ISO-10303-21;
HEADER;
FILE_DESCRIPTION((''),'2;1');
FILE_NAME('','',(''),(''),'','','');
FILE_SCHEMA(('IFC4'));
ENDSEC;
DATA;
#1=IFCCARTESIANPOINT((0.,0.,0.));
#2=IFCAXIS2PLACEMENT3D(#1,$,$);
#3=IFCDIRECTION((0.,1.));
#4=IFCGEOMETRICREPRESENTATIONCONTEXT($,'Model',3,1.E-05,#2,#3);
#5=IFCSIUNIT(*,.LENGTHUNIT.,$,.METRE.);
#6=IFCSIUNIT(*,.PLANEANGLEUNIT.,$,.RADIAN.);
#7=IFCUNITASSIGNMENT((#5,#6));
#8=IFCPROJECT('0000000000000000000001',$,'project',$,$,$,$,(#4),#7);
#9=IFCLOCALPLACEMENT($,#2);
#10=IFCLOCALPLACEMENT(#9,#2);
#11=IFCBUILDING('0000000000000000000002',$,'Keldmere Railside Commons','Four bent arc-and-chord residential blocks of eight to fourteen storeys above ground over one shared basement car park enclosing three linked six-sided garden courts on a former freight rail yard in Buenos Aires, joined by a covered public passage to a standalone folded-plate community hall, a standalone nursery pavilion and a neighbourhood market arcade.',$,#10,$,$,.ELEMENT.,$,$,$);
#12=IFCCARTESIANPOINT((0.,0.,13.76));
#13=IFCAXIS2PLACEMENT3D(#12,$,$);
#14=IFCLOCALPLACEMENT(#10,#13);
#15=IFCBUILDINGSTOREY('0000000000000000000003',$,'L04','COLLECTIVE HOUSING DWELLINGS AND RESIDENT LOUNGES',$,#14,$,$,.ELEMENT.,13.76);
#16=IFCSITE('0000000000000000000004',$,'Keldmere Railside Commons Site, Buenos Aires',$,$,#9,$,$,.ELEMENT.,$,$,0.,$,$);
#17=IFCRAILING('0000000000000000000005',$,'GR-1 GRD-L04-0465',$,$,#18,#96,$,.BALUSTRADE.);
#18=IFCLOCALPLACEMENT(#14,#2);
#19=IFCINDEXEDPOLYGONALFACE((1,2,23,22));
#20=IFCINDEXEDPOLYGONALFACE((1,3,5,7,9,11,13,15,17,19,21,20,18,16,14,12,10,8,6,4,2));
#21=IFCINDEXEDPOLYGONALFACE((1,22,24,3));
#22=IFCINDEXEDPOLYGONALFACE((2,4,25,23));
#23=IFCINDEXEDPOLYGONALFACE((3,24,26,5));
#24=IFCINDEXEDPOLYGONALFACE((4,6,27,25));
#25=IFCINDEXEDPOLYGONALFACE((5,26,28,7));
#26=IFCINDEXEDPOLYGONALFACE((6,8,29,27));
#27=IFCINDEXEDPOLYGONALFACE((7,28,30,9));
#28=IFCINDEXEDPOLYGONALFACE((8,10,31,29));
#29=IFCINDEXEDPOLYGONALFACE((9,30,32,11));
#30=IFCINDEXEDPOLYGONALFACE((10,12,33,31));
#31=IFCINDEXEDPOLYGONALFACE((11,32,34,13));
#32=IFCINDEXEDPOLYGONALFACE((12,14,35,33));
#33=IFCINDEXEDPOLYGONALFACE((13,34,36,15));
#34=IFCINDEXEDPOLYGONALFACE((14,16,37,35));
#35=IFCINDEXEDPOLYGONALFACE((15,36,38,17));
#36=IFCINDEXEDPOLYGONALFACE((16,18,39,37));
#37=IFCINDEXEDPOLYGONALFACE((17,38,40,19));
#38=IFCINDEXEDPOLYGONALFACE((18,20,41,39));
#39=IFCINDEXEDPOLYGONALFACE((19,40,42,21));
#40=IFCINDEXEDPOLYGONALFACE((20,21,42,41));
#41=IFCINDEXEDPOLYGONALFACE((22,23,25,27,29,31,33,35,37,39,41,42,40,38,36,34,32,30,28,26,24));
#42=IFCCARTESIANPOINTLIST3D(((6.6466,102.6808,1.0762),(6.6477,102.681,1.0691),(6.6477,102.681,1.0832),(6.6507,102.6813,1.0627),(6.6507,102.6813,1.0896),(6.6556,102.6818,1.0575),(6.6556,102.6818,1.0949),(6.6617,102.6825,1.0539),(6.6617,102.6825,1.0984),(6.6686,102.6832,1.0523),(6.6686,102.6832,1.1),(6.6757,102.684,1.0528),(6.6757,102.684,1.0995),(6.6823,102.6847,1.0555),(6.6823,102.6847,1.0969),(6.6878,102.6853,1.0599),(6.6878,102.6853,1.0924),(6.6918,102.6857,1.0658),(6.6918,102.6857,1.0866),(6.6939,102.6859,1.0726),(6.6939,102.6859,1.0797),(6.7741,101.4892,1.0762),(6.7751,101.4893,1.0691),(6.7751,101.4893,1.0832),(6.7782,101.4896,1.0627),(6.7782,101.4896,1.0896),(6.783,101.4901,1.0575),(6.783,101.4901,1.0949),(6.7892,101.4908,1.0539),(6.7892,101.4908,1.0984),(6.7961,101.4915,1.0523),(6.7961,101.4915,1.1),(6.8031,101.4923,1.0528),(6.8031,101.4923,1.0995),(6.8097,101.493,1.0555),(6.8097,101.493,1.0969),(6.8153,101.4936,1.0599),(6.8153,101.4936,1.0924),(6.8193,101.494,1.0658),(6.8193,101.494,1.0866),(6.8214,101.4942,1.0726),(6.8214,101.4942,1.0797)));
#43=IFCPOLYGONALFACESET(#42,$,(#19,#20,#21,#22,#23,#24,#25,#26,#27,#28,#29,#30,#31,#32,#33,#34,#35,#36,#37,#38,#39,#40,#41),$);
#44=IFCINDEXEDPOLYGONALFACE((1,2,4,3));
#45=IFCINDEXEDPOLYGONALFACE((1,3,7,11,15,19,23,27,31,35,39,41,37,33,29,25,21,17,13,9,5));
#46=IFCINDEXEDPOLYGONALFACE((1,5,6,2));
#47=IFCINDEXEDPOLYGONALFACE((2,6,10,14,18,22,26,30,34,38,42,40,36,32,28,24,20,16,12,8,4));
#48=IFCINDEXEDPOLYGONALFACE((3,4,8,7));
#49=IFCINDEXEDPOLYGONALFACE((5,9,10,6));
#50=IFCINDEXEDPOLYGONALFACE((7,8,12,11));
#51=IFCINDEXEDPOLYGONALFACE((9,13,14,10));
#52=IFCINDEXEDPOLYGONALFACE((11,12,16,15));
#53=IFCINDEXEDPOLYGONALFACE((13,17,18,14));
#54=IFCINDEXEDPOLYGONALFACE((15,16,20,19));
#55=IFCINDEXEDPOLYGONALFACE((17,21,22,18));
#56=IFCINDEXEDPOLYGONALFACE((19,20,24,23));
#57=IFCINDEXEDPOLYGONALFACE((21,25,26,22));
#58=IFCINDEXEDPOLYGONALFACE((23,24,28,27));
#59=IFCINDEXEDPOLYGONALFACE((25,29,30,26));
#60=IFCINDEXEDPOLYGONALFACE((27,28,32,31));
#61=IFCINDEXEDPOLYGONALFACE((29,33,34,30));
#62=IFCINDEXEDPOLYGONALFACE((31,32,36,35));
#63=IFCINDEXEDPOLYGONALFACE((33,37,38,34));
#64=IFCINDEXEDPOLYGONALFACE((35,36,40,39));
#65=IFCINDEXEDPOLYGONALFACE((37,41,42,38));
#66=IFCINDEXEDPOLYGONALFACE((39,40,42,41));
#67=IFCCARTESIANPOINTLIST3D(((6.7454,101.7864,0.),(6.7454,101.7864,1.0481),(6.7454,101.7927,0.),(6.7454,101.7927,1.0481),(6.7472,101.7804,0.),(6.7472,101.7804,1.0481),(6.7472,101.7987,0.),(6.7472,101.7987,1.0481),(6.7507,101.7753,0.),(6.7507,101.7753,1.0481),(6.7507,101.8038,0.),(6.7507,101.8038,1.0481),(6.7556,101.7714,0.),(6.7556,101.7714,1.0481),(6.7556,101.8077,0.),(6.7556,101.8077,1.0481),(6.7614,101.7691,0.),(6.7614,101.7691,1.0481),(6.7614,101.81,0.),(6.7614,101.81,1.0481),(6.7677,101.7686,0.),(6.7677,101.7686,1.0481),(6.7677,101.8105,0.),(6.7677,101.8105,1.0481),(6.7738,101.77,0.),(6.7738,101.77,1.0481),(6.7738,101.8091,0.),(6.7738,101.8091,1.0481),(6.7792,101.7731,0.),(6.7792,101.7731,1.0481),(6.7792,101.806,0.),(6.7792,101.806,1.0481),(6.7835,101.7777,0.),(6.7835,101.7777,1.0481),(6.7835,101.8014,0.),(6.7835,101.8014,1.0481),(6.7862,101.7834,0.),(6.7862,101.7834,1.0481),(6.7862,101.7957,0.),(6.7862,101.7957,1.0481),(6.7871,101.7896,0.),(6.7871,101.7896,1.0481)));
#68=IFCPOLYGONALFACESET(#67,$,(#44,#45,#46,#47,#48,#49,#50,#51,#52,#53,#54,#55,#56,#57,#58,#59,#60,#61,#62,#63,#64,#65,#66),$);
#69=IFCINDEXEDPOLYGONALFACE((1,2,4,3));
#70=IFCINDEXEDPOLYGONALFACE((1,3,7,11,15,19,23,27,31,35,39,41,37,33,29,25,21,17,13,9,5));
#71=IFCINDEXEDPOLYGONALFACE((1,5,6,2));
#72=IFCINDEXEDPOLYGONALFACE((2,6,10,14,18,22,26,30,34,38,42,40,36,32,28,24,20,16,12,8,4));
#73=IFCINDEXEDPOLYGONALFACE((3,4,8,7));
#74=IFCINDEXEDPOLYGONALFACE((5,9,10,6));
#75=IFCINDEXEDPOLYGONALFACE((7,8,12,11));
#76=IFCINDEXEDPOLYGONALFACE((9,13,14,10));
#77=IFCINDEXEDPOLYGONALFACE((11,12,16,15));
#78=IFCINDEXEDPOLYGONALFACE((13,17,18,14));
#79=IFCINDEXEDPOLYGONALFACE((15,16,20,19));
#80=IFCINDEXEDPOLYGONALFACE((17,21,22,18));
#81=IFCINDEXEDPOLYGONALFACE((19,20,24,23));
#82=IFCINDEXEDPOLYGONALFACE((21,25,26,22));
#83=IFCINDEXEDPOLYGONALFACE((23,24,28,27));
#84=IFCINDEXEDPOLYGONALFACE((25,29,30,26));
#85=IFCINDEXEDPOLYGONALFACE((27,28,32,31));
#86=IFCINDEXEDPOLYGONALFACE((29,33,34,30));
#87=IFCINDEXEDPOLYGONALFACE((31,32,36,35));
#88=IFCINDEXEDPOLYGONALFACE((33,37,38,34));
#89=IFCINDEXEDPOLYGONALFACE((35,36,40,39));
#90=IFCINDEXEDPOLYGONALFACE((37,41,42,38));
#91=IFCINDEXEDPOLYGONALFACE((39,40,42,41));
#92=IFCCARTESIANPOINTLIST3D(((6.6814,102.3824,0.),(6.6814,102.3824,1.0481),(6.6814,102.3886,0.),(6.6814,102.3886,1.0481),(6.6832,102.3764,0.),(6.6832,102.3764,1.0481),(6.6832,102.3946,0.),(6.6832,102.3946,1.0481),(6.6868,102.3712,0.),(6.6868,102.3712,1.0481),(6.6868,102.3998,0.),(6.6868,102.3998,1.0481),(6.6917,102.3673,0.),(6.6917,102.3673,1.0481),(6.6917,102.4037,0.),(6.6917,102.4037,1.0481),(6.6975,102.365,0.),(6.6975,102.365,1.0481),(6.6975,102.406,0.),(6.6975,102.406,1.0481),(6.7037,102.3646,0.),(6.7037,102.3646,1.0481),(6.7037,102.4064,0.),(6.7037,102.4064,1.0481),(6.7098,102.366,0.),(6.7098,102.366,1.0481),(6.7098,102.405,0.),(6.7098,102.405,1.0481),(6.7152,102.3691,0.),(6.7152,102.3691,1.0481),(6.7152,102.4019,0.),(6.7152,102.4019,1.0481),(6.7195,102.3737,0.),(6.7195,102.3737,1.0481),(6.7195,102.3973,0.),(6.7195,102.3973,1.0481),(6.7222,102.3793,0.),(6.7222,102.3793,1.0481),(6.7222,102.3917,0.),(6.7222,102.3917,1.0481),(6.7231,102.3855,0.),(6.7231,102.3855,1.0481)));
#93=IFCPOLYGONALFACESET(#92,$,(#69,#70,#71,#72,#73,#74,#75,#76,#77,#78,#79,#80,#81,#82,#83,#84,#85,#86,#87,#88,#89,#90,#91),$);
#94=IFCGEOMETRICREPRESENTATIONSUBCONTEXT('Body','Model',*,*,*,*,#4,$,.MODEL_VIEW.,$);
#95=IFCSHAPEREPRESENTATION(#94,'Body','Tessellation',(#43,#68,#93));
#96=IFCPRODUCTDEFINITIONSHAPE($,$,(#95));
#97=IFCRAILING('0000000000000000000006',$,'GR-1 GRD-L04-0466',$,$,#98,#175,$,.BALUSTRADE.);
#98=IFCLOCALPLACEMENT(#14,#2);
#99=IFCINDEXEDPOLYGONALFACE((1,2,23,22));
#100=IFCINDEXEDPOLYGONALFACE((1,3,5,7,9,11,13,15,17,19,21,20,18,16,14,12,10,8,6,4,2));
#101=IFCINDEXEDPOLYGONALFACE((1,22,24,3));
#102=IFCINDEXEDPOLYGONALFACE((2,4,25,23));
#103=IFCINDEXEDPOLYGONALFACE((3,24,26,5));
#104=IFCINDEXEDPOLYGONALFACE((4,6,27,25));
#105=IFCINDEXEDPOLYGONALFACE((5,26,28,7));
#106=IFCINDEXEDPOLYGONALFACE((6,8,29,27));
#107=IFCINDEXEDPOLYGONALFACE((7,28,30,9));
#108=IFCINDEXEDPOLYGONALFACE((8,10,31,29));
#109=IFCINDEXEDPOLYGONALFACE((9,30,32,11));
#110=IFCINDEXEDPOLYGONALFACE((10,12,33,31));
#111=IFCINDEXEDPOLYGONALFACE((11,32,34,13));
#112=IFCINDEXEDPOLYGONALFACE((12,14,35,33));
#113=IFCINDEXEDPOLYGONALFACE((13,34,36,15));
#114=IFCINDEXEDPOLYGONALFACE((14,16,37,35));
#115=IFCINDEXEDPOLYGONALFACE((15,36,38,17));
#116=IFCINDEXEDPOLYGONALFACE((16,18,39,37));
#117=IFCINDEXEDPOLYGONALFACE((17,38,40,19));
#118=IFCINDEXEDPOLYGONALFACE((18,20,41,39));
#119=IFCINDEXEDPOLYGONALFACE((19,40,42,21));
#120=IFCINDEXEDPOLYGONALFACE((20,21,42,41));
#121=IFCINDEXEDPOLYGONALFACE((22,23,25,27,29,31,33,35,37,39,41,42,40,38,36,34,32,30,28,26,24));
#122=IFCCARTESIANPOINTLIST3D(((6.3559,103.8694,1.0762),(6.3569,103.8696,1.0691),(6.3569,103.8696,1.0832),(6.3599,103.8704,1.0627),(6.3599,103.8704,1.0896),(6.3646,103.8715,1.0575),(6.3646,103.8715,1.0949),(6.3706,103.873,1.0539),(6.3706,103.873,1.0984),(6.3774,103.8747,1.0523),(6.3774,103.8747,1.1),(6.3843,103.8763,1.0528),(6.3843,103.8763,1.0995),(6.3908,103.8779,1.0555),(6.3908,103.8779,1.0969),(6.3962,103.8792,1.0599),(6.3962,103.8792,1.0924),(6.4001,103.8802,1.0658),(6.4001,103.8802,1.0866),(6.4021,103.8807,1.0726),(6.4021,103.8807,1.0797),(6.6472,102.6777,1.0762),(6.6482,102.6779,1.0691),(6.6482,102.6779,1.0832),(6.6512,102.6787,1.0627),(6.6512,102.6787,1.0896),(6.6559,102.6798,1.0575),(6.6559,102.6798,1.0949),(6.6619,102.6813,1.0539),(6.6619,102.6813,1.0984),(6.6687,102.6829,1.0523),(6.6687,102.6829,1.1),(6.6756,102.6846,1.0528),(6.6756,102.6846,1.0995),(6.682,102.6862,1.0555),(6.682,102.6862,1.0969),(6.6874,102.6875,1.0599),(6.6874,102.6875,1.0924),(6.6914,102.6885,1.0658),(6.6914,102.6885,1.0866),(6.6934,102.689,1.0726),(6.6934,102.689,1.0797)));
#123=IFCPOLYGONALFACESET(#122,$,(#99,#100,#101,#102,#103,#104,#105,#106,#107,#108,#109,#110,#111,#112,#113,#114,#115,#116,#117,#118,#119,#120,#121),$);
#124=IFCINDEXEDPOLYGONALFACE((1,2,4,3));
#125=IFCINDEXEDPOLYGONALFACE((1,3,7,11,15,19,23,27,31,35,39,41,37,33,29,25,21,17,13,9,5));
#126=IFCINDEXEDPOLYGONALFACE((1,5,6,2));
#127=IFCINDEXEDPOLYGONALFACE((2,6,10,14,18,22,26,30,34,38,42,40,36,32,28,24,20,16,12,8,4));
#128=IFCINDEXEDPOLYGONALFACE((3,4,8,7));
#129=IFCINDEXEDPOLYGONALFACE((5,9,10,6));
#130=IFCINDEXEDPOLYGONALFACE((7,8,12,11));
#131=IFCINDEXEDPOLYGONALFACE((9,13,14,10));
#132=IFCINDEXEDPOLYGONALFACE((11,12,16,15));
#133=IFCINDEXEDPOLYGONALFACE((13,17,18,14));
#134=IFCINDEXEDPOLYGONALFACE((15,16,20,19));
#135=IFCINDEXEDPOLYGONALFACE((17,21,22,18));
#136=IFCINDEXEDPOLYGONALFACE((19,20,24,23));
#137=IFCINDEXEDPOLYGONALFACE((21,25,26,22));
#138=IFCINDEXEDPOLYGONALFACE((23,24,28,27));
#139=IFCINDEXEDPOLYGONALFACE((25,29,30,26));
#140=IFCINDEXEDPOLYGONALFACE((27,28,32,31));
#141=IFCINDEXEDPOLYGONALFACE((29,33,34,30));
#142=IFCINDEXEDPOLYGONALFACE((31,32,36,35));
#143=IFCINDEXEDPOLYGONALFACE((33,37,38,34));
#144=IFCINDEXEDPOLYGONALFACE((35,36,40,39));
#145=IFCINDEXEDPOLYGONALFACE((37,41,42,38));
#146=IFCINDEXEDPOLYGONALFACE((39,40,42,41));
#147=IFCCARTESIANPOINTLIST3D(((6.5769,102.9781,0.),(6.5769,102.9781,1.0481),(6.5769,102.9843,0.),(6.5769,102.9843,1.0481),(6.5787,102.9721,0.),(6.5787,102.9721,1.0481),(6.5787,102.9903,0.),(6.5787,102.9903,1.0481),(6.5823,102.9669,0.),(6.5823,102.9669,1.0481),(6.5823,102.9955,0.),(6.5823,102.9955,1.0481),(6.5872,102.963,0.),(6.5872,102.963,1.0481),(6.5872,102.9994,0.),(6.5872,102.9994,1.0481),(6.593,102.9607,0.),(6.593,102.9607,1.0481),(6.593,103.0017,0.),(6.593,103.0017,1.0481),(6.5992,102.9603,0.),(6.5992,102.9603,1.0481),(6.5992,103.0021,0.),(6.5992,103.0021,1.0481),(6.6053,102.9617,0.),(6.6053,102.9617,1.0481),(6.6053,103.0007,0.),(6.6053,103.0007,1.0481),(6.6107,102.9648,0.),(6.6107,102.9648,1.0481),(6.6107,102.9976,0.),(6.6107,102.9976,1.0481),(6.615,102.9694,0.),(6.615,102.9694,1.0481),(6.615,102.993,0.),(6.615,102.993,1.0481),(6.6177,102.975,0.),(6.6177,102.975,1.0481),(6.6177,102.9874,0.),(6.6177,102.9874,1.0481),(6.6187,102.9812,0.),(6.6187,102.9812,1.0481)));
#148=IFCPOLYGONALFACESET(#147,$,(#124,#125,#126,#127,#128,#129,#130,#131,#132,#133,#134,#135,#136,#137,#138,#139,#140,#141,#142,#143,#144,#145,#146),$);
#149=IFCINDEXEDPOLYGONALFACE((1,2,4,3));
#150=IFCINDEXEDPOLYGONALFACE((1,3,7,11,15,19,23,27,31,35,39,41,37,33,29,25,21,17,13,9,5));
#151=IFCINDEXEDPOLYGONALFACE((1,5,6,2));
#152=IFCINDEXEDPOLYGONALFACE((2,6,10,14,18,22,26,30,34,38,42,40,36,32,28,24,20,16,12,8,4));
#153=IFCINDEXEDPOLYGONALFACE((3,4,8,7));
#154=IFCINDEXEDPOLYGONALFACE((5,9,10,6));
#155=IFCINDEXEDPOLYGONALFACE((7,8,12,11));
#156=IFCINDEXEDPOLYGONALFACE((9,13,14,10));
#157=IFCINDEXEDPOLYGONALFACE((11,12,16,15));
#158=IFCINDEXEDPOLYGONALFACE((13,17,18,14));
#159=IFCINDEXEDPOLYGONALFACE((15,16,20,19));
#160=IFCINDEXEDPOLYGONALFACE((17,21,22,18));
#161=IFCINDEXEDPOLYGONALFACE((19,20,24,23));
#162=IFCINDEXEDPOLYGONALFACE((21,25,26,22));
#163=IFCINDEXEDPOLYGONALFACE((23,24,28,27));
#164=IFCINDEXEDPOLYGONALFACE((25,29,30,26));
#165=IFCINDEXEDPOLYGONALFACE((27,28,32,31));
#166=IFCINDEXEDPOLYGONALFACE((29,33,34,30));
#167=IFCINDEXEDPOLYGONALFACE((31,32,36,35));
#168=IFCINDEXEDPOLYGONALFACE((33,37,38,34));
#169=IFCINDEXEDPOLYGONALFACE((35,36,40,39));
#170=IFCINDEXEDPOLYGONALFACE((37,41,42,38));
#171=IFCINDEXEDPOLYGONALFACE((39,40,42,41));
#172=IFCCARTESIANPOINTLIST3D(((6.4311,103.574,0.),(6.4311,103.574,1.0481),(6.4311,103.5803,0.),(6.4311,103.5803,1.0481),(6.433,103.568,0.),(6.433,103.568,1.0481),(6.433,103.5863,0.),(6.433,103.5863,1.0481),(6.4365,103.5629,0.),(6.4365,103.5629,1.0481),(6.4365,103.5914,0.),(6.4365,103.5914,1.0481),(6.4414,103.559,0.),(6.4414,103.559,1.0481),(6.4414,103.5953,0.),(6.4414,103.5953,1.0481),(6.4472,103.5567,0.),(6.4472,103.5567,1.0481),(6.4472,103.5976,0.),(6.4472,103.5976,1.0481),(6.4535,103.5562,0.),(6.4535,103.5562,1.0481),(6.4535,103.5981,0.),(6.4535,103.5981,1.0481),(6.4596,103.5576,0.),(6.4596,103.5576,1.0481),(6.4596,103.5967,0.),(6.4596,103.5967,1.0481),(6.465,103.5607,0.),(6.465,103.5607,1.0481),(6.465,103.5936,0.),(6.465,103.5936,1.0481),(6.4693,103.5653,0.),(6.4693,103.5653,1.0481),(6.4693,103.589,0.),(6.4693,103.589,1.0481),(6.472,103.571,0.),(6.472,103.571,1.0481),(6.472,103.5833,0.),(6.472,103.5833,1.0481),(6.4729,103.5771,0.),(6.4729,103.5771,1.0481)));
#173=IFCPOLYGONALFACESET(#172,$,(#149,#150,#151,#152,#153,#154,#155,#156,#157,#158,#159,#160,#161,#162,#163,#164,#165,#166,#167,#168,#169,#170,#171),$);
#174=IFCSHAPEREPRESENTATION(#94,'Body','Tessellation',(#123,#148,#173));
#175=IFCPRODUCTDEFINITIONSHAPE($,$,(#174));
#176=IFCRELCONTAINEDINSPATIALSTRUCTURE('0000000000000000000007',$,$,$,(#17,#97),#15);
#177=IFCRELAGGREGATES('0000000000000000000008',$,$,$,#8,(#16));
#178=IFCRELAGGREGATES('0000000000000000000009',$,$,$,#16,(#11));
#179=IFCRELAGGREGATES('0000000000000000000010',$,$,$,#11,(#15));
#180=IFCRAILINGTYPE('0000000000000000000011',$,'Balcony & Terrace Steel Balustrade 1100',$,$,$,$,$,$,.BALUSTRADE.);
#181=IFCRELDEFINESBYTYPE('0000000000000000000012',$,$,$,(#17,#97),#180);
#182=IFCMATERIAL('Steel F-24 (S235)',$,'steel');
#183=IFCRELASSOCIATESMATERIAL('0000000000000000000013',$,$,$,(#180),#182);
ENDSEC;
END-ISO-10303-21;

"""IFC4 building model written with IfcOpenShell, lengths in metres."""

from ifc_helpers import new_model, si_unit, direction, frame, origin, origin_2d, place, context, subcontext, project, spatial, circle, extrude, material, type_object, element, save


model = new_model("IFC4")

# Units and contexts
model_context = context("Model", 3, precision=1e-05, world=origin(), true_north=direction((0.0, 1.0)))
body_context = subcontext(model_context, "Body", "Model", "MODEL_VIEW")
ifc_project = project(units=[si_unit("LENGTHUNIT", "METRE"), si_unit("PLANEANGLEUNIT", "RADIAN")], contexts=[model_context])

# Site, building, storey
site_placement = place(None, origin())
site = spatial("IfcSite", under=ifc_project, at=site_placement, Name="Keldmere Railside Commons Site, Buenos Aires", CompositionType="ELEMENT", RefElevation=0.0)
building_placement = place(site_placement, origin())
building = spatial("IfcBuilding", under=site, at=building_placement, Name="Keldmere Railside Commons", Description="Four bent arc-and-chord residential blocks of eight to fourteen storeys above ground over one shared basement car park enclosing three linked six-sided garden courts on a former freight rail yard in Buenos Aires, joined by a covered public passage to a standalone folded-plate community hall, a standalone nursery pavilion and a neighbourhood market arcade.", CompositionType="ELEMENT")
storey_placement = place(building_placement, frame((0.0, 0.0, 13.76)))
storey = spatial("IfcBuildingStorey", under=building, at=storey_placement, Name="L04", Description="COLLECTIVE HOUSING DWELLINGS AND RESIDENT LOUNGES", CompositionType="ELEMENT", Elevation=13.76)

# Railings
ifc_material_1 = material(Name="Steel F-24 (S235)", Category="steel")
railing_type = type_object("IfcRailingType", Name="Balcony & Terrace Steel Balustrade 1100", PredefinedType="BALUSTRADE", material=ifc_material_1)
railing_1_placement = place(storey_placement, frame((6.7979, 101.4917, 0.0)))
element("IfcRailing", 1, at=railing_1_placement, inside=storey, type_object=railing_type, Name="GR-1 GRD-L04-0465", PredefinedType="BALUSTRADE", context=body_context, shape_type="SweptSolid", body=[
    extrude(circle(Radius=0.0239, at=origin_2d()), frame((0.0, 0.0, 1.0762), z_axis=(-0.106339, 0.99433, 0.0), x_axis=(-0.99433, -0.106339, 0.0)), (0.0, 0.0, 1.0), 1.1985),
    extrude(circle(Radius=0.021, at=origin_2d()), frame((-0.0317, 0.2979, 0.0)), (0.0, 0.0, 1.0), 1.0481),
    extrude(circle(Radius=0.021, at=origin_2d()), frame((-0.0957, 0.8938, 0.0)), (0.0, 0.0, 1.0), 1.0481),
])
railing_2_placement = place(storey_placement, frame((6.6704, 102.6833, 0.0)))
element("IfcRailing", 2, at=railing_2_placement, inside=storey, type_object=railing_type, Name="GR-1 GRD-L04-0466", PredefinedType="BALUSTRADE", context=body_context, shape_type="SweptSolid", body=[
    extrude(circle(Radius=0.0239, at=origin_2d()), frame((0.0, 0.0, 1.0762), z_axis=(-0.237428, 0.971405, 0.0), x_axis=(-0.971405, -0.237428, 0.0)), (0.0, 0.0, 1.0), 1.2268),
    extrude(circle(Radius=0.021, at=origin_2d()), frame((-0.0728, 0.2979, 0.0)), (0.0, 0.0, 1.0), 1.0481),
    extrude(circle(Radius=0.021, at=origin_2d()), frame((-0.2185, 0.8938, 0.0)), (0.0, 0.0, 1.0), 1.0481),
])

save(model, "model.ifc")
